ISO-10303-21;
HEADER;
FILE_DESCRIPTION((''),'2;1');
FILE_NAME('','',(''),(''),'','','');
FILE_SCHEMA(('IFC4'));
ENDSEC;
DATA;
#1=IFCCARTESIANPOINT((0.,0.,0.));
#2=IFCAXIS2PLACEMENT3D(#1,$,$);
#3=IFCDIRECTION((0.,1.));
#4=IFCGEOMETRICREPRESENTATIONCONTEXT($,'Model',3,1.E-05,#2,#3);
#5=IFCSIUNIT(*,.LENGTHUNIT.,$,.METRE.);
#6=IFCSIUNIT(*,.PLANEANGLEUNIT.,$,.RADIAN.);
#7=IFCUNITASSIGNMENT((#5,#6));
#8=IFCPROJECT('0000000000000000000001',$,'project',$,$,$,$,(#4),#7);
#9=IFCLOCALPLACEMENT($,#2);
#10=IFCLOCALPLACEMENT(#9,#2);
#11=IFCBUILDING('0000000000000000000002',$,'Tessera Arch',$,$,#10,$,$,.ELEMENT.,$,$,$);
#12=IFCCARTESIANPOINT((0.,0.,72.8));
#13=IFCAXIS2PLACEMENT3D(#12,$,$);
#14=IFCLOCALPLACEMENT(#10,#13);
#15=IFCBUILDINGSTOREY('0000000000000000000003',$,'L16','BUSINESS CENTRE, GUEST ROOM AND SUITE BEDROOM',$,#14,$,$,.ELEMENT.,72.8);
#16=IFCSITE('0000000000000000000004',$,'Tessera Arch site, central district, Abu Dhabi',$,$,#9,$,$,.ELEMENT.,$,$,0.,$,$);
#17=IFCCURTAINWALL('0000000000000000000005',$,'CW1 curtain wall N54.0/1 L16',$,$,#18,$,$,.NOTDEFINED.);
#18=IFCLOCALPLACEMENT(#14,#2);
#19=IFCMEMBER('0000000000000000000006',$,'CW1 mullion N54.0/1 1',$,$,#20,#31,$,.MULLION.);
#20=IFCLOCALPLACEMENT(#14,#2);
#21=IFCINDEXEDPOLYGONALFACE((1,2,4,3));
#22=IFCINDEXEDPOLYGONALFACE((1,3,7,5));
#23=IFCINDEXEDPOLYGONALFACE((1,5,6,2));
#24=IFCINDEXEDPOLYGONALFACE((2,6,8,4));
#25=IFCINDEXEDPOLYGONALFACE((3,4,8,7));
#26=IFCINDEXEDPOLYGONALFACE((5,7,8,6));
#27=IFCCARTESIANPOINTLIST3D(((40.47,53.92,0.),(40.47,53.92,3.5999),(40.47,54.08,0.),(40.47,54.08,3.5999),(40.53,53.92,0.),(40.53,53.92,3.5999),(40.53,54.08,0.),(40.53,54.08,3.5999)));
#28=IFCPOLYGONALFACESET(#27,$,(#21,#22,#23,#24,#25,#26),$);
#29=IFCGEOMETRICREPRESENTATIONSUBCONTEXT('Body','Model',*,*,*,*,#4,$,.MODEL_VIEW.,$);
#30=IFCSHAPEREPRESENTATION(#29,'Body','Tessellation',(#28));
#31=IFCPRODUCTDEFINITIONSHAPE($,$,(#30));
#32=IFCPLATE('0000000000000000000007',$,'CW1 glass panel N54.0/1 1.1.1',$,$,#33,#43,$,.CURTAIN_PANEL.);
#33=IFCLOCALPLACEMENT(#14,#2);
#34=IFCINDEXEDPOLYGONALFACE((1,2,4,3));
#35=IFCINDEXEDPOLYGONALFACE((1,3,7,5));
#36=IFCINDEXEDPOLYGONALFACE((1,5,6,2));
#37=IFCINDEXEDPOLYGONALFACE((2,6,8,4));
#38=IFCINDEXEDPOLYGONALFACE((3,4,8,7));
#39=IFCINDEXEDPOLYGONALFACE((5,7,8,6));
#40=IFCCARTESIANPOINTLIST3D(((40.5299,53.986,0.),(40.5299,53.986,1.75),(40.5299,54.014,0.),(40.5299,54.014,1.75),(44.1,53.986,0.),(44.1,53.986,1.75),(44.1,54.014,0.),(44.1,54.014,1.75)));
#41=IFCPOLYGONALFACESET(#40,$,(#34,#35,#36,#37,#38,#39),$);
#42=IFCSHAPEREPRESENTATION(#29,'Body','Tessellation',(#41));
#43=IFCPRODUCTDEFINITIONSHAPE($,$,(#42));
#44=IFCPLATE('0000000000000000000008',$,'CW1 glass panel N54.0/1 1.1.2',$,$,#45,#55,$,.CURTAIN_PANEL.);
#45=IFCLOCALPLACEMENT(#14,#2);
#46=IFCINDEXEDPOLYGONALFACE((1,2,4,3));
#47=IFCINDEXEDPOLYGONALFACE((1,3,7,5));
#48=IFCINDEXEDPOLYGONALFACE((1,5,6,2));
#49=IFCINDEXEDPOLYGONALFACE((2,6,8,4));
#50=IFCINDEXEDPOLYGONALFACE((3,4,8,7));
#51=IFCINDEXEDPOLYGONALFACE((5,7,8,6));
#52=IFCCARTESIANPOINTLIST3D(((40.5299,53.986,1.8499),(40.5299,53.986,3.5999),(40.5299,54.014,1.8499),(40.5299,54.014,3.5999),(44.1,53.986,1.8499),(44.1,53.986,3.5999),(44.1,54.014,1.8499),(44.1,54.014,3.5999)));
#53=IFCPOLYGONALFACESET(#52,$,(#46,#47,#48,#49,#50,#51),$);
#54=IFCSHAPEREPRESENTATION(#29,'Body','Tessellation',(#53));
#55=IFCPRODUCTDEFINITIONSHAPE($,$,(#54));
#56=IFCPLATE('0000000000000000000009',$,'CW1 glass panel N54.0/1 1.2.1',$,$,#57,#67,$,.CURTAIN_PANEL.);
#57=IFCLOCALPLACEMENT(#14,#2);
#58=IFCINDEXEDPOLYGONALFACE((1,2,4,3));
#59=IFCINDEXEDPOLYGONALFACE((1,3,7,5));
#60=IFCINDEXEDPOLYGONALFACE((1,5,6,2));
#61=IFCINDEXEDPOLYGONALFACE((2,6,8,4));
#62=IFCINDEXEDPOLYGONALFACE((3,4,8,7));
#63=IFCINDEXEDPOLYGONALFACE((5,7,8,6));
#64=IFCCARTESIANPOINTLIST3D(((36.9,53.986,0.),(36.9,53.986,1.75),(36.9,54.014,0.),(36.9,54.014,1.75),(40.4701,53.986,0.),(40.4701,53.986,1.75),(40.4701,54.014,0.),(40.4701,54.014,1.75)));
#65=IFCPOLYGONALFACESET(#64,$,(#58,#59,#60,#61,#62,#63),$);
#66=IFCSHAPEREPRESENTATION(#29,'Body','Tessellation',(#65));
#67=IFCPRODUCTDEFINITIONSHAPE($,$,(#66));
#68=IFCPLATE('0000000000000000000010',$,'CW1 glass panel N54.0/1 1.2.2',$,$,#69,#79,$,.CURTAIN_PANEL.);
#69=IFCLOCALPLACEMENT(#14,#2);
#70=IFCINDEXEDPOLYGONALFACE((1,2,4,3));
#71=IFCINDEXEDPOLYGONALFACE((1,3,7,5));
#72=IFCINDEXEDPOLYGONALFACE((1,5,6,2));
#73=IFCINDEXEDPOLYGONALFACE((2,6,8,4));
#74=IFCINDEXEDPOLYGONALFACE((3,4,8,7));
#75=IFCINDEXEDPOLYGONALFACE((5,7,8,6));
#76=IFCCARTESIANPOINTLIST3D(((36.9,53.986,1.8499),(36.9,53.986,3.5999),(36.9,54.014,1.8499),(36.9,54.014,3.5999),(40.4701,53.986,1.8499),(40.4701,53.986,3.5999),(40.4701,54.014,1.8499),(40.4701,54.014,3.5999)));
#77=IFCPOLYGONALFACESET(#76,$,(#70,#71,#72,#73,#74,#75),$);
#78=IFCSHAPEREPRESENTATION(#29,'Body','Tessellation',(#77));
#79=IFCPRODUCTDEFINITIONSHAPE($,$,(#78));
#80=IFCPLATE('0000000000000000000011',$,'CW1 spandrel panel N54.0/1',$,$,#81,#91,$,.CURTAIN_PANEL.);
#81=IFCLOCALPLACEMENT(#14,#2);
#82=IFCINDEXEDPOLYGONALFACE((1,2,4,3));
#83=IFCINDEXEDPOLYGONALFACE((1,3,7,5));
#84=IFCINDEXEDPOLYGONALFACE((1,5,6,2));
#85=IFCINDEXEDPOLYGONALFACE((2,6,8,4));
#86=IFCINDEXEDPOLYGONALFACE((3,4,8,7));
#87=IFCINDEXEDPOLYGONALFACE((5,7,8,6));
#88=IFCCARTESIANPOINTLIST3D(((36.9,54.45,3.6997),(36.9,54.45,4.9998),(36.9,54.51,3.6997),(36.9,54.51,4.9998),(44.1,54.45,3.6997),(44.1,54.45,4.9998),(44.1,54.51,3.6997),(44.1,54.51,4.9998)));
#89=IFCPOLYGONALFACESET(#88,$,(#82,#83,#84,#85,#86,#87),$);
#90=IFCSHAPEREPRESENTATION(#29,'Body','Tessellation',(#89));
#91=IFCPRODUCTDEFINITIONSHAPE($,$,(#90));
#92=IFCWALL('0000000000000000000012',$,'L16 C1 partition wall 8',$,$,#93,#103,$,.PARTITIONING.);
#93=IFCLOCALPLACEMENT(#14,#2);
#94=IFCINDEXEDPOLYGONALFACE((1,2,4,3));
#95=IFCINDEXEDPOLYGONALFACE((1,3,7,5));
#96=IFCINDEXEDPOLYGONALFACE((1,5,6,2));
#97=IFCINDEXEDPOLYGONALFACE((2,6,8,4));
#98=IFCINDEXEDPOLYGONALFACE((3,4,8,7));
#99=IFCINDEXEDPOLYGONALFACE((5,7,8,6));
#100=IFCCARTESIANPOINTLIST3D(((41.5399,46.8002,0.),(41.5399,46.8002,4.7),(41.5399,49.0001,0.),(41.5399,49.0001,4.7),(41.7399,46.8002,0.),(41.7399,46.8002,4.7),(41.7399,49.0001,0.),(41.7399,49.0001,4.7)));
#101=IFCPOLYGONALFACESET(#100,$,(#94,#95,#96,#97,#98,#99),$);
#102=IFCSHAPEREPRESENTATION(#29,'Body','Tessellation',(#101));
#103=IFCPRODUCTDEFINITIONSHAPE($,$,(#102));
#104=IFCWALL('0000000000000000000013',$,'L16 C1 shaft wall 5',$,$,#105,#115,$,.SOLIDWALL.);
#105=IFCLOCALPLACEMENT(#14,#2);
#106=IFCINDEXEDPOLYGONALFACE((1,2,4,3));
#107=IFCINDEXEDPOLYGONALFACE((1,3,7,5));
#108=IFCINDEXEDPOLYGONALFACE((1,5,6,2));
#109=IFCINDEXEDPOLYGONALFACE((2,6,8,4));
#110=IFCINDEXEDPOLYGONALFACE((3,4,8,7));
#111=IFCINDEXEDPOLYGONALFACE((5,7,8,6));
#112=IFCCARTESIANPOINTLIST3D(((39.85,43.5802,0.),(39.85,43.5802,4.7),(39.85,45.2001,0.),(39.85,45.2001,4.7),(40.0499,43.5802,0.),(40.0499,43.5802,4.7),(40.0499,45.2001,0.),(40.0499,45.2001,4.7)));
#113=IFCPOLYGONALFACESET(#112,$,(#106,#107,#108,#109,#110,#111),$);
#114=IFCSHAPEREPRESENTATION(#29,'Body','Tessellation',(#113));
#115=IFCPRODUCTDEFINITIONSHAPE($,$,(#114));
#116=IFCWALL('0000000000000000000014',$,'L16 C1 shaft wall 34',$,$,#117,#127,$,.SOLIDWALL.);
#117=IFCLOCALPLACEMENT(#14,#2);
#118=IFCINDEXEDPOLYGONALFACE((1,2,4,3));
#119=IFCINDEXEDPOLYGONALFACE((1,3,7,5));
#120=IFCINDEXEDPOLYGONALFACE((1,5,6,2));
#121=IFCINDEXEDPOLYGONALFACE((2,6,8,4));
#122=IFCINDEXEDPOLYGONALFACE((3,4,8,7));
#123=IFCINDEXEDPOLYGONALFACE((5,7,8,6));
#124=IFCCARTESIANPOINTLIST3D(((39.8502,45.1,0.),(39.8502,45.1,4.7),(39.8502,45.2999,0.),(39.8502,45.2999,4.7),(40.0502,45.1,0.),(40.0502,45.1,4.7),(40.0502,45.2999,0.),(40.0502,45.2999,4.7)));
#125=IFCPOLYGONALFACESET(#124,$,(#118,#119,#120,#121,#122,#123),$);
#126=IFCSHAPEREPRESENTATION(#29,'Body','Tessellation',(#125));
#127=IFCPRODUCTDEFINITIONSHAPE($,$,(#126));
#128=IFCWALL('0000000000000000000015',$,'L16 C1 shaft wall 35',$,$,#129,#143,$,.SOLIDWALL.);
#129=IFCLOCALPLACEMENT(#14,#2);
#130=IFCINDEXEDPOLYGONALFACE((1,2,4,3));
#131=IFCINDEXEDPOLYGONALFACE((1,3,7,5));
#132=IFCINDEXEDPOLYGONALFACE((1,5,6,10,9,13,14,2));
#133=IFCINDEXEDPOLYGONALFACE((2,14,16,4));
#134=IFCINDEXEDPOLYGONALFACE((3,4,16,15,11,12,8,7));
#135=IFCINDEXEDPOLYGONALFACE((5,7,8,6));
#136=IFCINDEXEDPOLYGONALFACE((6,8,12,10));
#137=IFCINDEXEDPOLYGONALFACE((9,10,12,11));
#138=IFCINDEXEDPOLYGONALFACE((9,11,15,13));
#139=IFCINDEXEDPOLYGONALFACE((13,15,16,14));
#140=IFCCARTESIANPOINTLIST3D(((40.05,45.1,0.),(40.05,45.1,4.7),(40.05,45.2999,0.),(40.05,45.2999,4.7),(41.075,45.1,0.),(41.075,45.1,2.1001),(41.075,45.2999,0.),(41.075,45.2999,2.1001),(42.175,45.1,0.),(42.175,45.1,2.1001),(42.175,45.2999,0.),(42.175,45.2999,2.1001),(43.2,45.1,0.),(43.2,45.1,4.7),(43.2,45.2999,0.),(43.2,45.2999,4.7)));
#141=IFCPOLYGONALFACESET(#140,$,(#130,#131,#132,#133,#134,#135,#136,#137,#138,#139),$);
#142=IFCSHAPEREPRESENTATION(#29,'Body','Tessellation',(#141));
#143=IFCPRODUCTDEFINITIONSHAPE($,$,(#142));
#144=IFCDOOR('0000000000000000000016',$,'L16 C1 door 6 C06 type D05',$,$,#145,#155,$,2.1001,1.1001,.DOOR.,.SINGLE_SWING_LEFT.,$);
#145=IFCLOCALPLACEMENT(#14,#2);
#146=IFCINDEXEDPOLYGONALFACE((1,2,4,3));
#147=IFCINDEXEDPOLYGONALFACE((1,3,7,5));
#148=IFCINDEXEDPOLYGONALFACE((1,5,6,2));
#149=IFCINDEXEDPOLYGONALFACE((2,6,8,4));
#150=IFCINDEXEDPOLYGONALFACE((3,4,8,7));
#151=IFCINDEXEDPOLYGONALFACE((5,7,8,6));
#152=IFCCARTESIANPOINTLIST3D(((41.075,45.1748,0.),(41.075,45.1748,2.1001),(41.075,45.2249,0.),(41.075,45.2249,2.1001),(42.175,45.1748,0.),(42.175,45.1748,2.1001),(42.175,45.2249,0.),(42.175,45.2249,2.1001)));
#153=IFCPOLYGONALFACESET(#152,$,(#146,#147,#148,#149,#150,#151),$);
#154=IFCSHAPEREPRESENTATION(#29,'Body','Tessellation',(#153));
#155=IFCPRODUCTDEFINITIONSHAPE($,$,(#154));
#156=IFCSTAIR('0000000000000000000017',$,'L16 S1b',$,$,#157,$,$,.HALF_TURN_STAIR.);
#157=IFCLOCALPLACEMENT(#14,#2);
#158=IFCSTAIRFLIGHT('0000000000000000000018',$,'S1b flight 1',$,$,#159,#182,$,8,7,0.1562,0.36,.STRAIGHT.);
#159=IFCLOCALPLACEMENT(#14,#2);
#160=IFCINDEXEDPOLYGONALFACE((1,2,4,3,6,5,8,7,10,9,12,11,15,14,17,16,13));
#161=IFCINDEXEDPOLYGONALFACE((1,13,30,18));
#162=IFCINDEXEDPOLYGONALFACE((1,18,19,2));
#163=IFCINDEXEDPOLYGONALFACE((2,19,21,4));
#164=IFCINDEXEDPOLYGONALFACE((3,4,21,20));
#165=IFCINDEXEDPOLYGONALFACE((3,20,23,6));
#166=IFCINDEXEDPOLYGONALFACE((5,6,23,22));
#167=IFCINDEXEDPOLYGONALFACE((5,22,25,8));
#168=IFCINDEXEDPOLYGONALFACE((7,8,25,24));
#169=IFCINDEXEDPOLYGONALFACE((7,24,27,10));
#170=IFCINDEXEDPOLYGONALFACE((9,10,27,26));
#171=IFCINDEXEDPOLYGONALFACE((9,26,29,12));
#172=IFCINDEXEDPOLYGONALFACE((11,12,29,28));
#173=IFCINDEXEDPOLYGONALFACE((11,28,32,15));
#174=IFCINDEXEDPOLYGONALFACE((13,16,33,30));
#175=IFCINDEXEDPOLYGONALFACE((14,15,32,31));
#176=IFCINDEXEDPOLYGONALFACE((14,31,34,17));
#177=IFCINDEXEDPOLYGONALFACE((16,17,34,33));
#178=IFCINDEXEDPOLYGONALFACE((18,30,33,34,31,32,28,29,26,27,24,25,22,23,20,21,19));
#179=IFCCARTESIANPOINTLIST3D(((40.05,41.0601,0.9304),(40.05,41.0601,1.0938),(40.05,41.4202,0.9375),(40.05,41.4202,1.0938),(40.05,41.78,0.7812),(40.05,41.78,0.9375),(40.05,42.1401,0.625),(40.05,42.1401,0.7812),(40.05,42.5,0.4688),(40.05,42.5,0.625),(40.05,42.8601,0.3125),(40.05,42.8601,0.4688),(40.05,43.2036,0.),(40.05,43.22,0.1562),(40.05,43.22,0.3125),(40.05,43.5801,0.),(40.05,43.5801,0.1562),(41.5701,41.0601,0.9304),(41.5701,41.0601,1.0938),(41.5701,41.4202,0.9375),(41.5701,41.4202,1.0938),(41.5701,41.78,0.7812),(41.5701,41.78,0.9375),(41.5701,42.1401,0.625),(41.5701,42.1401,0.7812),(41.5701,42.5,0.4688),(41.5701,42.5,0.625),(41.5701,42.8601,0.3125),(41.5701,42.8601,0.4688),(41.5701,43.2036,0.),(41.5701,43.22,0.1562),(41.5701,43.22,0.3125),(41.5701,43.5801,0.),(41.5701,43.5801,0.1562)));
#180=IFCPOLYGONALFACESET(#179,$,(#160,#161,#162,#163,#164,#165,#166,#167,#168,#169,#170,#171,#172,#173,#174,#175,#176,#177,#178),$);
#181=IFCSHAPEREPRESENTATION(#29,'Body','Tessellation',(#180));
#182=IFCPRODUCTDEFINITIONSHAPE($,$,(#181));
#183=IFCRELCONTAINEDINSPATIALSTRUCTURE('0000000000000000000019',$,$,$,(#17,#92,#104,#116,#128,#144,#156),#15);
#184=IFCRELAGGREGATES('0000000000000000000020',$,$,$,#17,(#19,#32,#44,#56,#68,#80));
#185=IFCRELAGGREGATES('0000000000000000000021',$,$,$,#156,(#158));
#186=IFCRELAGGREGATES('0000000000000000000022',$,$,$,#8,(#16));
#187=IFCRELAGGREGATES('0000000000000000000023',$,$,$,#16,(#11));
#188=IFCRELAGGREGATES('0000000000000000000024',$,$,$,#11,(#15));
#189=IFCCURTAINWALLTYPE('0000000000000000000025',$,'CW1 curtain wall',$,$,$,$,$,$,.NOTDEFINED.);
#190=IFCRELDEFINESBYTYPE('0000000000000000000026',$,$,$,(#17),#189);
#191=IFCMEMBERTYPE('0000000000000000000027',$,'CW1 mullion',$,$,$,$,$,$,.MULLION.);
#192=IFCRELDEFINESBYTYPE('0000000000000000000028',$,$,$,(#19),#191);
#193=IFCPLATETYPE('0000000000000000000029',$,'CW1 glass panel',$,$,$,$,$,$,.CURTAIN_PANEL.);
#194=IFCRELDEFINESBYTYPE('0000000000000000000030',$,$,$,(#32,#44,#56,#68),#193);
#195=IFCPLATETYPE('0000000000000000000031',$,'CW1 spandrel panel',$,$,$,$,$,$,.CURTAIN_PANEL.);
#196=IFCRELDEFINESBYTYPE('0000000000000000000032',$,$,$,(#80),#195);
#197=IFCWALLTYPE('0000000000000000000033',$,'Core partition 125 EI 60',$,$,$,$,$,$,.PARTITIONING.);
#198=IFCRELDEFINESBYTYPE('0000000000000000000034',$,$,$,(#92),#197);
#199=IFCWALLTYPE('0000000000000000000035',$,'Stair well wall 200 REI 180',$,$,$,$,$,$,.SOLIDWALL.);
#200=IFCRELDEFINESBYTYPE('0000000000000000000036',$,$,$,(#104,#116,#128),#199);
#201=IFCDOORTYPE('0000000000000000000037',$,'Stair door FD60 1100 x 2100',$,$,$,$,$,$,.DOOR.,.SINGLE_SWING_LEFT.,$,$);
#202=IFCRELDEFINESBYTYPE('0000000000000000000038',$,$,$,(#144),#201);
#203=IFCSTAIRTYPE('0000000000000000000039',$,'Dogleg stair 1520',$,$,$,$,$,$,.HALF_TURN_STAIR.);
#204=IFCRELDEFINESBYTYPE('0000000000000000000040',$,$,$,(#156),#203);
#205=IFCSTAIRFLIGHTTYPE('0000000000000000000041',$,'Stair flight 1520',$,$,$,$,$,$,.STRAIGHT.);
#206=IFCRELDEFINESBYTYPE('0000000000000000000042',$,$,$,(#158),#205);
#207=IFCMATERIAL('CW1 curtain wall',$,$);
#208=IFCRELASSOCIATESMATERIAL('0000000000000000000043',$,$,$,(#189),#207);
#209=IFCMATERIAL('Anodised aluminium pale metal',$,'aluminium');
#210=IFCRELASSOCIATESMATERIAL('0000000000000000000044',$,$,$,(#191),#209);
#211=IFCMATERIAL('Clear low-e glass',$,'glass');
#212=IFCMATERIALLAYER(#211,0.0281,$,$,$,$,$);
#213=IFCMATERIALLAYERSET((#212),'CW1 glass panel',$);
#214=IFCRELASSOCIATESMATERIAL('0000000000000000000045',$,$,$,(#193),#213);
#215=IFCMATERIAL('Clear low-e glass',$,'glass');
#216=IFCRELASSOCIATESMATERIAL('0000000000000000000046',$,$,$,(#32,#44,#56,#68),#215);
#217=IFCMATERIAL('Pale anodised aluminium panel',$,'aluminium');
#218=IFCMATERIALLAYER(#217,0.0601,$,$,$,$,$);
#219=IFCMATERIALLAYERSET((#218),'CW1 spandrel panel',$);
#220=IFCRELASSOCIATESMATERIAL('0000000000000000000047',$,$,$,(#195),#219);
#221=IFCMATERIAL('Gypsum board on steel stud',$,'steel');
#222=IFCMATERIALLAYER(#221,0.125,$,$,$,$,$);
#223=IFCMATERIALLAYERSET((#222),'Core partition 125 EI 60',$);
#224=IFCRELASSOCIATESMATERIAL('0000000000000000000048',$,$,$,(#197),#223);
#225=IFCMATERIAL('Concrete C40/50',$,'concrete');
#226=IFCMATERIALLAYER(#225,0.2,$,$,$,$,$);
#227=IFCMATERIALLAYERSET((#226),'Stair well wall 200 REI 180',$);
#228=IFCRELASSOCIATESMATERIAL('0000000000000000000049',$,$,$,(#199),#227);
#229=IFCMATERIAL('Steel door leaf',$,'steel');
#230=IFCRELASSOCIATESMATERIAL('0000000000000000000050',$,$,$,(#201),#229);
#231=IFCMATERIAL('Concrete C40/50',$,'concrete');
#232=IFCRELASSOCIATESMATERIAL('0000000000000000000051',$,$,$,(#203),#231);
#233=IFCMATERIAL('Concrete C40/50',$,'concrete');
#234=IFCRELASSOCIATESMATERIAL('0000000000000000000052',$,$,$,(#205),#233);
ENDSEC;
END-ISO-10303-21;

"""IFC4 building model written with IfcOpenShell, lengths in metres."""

from ifc_helpers import new_model, si_unit, direction, frame, frame_2d, origin, origin_2d, place, context, subcontext, project, spatial, polyline, rectangle, outline, extrude, material, layer, layer_set, material_profile, profile_set, type_object, element, fill, aggregate, save


model = new_model("IFC4")

# Units and contexts
model_context = context("Model", 3, precision=1e-05, world=origin(), true_north=direction((0.0, 1.0)))
body_context = subcontext(model_context, "Body", "Model", "MODEL_VIEW")
ifc_project = project(units=[si_unit("LENGTHUNIT", "METRE"), si_unit("PLANEANGLEUNIT", "RADIAN")], contexts=[model_context])

# Site, building, storey
site_placement = place(None, origin())
site = spatial("IfcSite", under=ifc_project, at=site_placement, Name="Tessera Arch site, central district, Abu Dhabi", CompositionType="ELEMENT", RefElevation=0.0)
building_placement = place(site_placement, origin())
building = spatial("IfcBuilding", under=site, at=building_placement, Name="Tessera Arch", CompositionType="ELEMENT")
storey_placement = place(building_placement, frame((0.0, 0.0, 72.8)))
storey = spatial("IfcBuildingStorey", under=building, at=storey_placement, Name="L16", Description="BUSINESS CENTRE, GUEST ROOM AND SUITE BEDROOM", CompositionType="ELEMENT", Elevation=72.8)

# Curtain wall, member, plates
ifc_material_1 = material(Name="CW1 curtain wall")
curtain_wall_type = type_object("IfcCurtainWallType", Name="CW1 curtain wall", PredefinedType="NOTDEFINED", material=ifc_material_1)
curtain_wall_placement = place(storey_placement, origin())
curtain_wall = element("IfcCurtainWall", 1, at=curtain_wall_placement, inside=storey, type_object=curtain_wall_type, Name="CW1 curtain wall N54.0/1 L16", PredefinedType="NOTDEFINED")
ifc_material_2 = material(Name="Anodised aluminium pale metal", Category="aluminium")
ifc_material_profile = material_profile(ifc_material_2, rectangle(XDim=0.1599, YDim=0.0601, at=origin_2d()), Name="AL 60x160")
ifc_profile_set = profile_set([ifc_material_profile], Name="Anodised aluminium pale metal")
member_type = type_object("IfcMemberType", Name="CW1 mullion", PredefinedType="MULLION", material=ifc_profile_set)
member_placement = place(storey_placement, frame((40.5, 54.0, 0.0), z_axis=(0.0, 0.0, 1.0), x_axis=(0.0, -1.0, 0.0)))
member = element("IfcMember", 2, at=member_placement, type_object=member_type, Name="CW1 mullion N54.0/1 1", PredefinedType="MULLION", context=body_context, shape_type="SweptSolid", body=[
    extrude(rectangle(XDim=0.1599, YDim=0.0601, at=origin_2d()), origin(), (0.0, 0.0, 1.0), 3.5999),
])
ifc_material_3 = material(Name="Clear low-e glass", Category="glass")
ifc_material_4 = material(Name="Clear low-e glass", Category="glass")
ifc_layer_1 = layer(ifc_material_4, 0.0281)
ifc_layer_set_1 = layer_set([ifc_layer_1], Name="CW1 glass panel")
plate_type_1 = type_object("IfcPlateType", Name="CW1 glass panel", PredefinedType="CURTAIN_PANEL", material=ifc_layer_set_1)
plate_1_placement = place(storey_placement, frame((42.3149, 54.0, 0.0), z_axis=(0.0, 0.0, 1.0), x_axis=(-1.0, 0.0, 0.0)))
plate_1 = element("IfcPlate", 3, at=plate_1_placement, type_object=plate_type_1, material=ifc_material_3, Name="CW1 glass panel N54.0/1 1.1.1", PredefinedType="CURTAIN_PANEL", context=body_context, shape_type="SweptSolid", body=[
    extrude(rectangle(XDim=3.5701, YDim=0.0281, at=origin_2d()), origin(), (0.0, 0.0, 1.0), 1.75),
])
plate_2_placement = place(storey_placement, frame((42.3149, 54.0, 1.8499), z_axis=(0.0, 0.0, 1.0), x_axis=(-1.0, 0.0, 0.0)))
plate_2 = element("IfcPlate", 4, at=plate_2_placement, type_object=plate_type_1, material=ifc_material_3, Name="CW1 glass panel N54.0/1 1.1.2", PredefinedType="CURTAIN_PANEL", context=body_context, shape_type="SweptSolid", body=[
    extrude(rectangle(XDim=3.5701, YDim=0.0281, at=origin_2d()), origin(), (0.0, 0.0, 1.0), 1.75),
])
plate_3_placement = place(storey_placement, frame((38.6851, 54.0, 0.0), z_axis=(0.0, 0.0, 1.0), x_axis=(-1.0, 0.0, 0.0)))
plate_3 = element("IfcPlate", 5, at=plate_3_placement, type_object=plate_type_1, material=ifc_material_3, Name="CW1 glass panel N54.0/1 1.2.1", PredefinedType="CURTAIN_PANEL", context=body_context, shape_type="SweptSolid", body=[
    extrude(rectangle(XDim=3.5701, YDim=0.0281, at=origin_2d()), origin(), (0.0, 0.0, 1.0), 1.75),
])
plate_4_placement = place(storey_placement, frame((38.6851, 54.0, 1.8499), z_axis=(0.0, 0.0, 1.0), x_axis=(-1.0, 0.0, 0.0)))
plate_4 = element("IfcPlate", 6, at=plate_4_placement, type_object=plate_type_1, material=ifc_material_3, Name="CW1 glass panel N54.0/1 1.2.2", PredefinedType="CURTAIN_PANEL", context=body_context, shape_type="SweptSolid", body=[
    extrude(rectangle(XDim=3.5701, YDim=0.0281, at=origin_2d()), origin(), (0.0, 0.0, 1.0), 1.75),
])
ifc_material_5 = material(Name="Pale anodised aluminium panel", Category="aluminium")
ifc_layer_2 = layer(ifc_material_5, 0.0601)
ifc_layer_set_2 = layer_set([ifc_layer_2], Name="CW1 spandrel panel")
plate_type_2 = type_object("IfcPlateType", Name="CW1 spandrel panel", PredefinedType="CURTAIN_PANEL", material=ifc_layer_set_2)
plate_5_placement = place(storey_placement, frame((40.5, 54.48, 3.6997), z_axis=(0.0, 0.0, 1.0), x_axis=(-1.0, 0.0, 0.0)))
plate_5 = element("IfcPlate", 7, at=plate_5_placement, type_object=plate_type_2, Name="CW1 spandrel panel N54.0/1", PredefinedType="CURTAIN_PANEL", context=body_context, shape_type="SweptSolid", body=[
    extrude(rectangle(XDim=7.2, YDim=0.0601, at=origin_2d()), origin(), (0.0, 0.0, 1.0), 1.3),
])
aggregate(curtain_wall, [member, plate_1, plate_2, plate_3, plate_4, plate_5])

# Walls
ifc_material_6 = material(Name="Gypsum board on steel stud", Category="steel")
ifc_layer_3 = layer(ifc_material_6, 0.125)
ifc_layer_set_3 = layer_set([ifc_layer_3], Name="Core partition 125 EI 60")
wall_type_1 = type_object("IfcWallType", Name="Core partition 125 EI 60", PredefinedType="PARTITIONING", material=ifc_layer_set_3)
wall_1_placement = place(storey_placement, frame((41.6399, 46.8, 0.0), z_axis=(0.0, 0.0, 1.0), x_axis=(0.0, 1.0, 0.0)))
element("IfcWall", 8, at=wall_1_placement, inside=storey, type_object=wall_type_1, Name="L16 C1 partition wall 8", PredefinedType="PARTITIONING", context=body_context, shape_type="SweptSolid", body=[
    extrude(rectangle(XDim=2.2, YDim=0.2, at=frame_2d((1.1001, 0.0))), origin(), (0.0, 0.0, 1.0), 4.7),
])
ifc_material_7 = material(Name="Concrete C40/50", Category="concrete")
ifc_layer_4 = layer(ifc_material_7, 0.2)
ifc_layer_set_4 = layer_set([ifc_layer_4], Name="Stair well wall 200 REI 180")
wall_type_2 = type_object("IfcWallType", Name="Stair well wall 200 REI 180", PredefinedType="SOLIDWALL", material=ifc_layer_set_4)
wall_2_placement = place(storey_placement, frame((39.95, 43.5801, 0.0), z_axis=(0.0, 0.0, 1.0), x_axis=(0.0, 1.0, 0.0)))
element("IfcWall", 9, at=wall_2_placement, inside=storey, type_object=wall_type_2, Name="L16 C1 shaft wall 5", PredefinedType="SOLIDWALL", context=body_context, shape_type="SweptSolid", body=[
    extrude(rectangle(XDim=1.6199, YDim=0.2, at=frame_2d((0.8101, 0.0))), origin(), (0.0, 0.0, 1.0), 4.7),
])
wall_3_placement = place(storey_placement, frame((39.8501, 45.2, 0.0), z_axis=(0.0, 0.0, 1.0), x_axis=(1.0, 0.0, 0.0)))
element("IfcWall", 10, at=wall_3_placement, inside=storey, type_object=wall_type_2, Name="L16 C1 shaft wall 34", PredefinedType="SOLIDWALL", context=body_context, shape_type="SweptSolid", body=[
    extrude(rectangle(XDim=0.2, YDim=0.2, at=frame_2d((0.1001, 0.0))), origin(), (0.0, 0.0, 1.0), 4.7),
])

# Wall, opening, door
wall_4_placement = place(storey_placement, frame((40.05, 45.2, 0.0), z_axis=(0.0, 0.0, 1.0), x_axis=(1.0, 0.0, 0.0)))
wall_4 = element("IfcWall", 11, at=wall_4_placement, inside=storey, type_object=wall_type_2, Name="L16 C1 shaft wall 35", PredefinedType="SOLIDWALL", context=body_context, shape_type="SweptSolid", body=[
    extrude(rectangle(XDim=3.1499, YDim=0.2, at=frame_2d((1.575, 0.0))), origin(), (0.0, 0.0, 1.0), 4.7),
])
opening_placement = place(wall_4_placement, frame((1.0249, 0.0, 0.0)))
opening = element("IfcOpeningElement", 12, at=opening_placement, cuts=wall_4, PredefinedType="OPENING", context=body_context, shape_type="SweptSolid", body=[
    extrude(rectangle(XDim=1.1001, YDim=2.1001, at=frame_2d((0.55, 1.05))), frame((0.0, 0.1099, 0.0), z_axis=(0.0, -1.0, 0.0), x_axis=(1.0, 0.0, 0.0)), (0.0, 0.0, 1.0), 0.22),
])
ifc_material_8 = material(Name="Steel door leaf", Category="steel")
door_type = type_object("IfcDoorType", Name="Stair door FD60 1100 x 2100", OperationType="SINGLE_SWING_LEFT", PredefinedType="DOOR", material=ifc_material_8)
door_placement = place(opening_placement, origin())
door = element("IfcDoor", 13, at=door_placement, inside=storey, type_object=door_type, Name="L16 C1 door 6 C06 type D05", OperationType="SINGLE_SWING_LEFT", OverallHeight=2.1001, OverallWidth=1.1001, PredefinedType="DOOR", context=body_context, shape_type="SweptSolid", body=[
    extrude(rectangle(XDim=1.1001, YDim=2.1001, at=frame_2d((0.55, 1.05))), frame((0.0, 0.0249, 0.0), z_axis=(0.0, -1.0, 0.0), x_axis=(1.0, 0.0, 0.0)), (0.0, 0.0, 1.0), 0.05),
])
fill(opening, door)

# Stair, stair flight
ifc_material_9 = material(Name="Concrete C40/50", Category="concrete")
stair_type = type_object("IfcStairType", Name="Dogleg stair 1520", PredefinedType="HALF_TURN_STAIR", material=ifc_material_9)
stair_placement = place(storey_placement, origin())
stair = element("IfcStair", 14, at=stair_placement, inside=storey, type_object=stair_type, Name="L16 S1b", PredefinedType="HALF_TURN_STAIR")
ifc_material_10 = material(Name="Concrete C40/50", Category="concrete")
stair_flight_type = type_object("IfcStairFlightType", Name="Stair flight 1520", PredefinedType="STRAIGHT", material=ifc_material_10)
stair_flight_1_placement = place(storey_placement, frame((40.8101, 43.5801, 0.0), z_axis=(0.0, 0.0, 1.0), x_axis=(0.0, -1.0, 0.0)))
stair_flight_1 = element("IfcStairFlight", 15, at=stair_flight_1_placement, type_object=stair_flight_type, Name="S1b flight 1", NumberOfRisers=8, NumberOfTreads=7, PredefinedType="STRAIGHT", RiserHeight=0.1562, TreadLength=0.36, context=body_context, shape_type="SweptSolid", body=[
    extrude(outline(polyline([(0.0, 0.0), (0.0, 0.1562), (0.3601, 0.1562), (0.3601, 0.3125), (0.72, 0.3125), (0.72, 0.4688), (1.0801, 0.4688), (1.0801, 0.625), (1.4399, 0.625), (1.4399, 0.7812), (1.8, 0.7812), (1.8, 0.9375), (2.1599, 0.9375), (2.1599, 1.0938), (2.52, 1.0938), (2.52, 1.25), (2.52, 0.9304), (0.3765, 0.0), (0.0, 0.0)])), frame((0.0, 0.76, 0.0), z_axis=(0.0, -1.0, 0.0), x_axis=(1.0, 0.0, 0.0)), (0.0, 0.0, 1.0), 1.52),
])
aggregate(stair, [stair_flight_1])

save(model, "model.ifc")
